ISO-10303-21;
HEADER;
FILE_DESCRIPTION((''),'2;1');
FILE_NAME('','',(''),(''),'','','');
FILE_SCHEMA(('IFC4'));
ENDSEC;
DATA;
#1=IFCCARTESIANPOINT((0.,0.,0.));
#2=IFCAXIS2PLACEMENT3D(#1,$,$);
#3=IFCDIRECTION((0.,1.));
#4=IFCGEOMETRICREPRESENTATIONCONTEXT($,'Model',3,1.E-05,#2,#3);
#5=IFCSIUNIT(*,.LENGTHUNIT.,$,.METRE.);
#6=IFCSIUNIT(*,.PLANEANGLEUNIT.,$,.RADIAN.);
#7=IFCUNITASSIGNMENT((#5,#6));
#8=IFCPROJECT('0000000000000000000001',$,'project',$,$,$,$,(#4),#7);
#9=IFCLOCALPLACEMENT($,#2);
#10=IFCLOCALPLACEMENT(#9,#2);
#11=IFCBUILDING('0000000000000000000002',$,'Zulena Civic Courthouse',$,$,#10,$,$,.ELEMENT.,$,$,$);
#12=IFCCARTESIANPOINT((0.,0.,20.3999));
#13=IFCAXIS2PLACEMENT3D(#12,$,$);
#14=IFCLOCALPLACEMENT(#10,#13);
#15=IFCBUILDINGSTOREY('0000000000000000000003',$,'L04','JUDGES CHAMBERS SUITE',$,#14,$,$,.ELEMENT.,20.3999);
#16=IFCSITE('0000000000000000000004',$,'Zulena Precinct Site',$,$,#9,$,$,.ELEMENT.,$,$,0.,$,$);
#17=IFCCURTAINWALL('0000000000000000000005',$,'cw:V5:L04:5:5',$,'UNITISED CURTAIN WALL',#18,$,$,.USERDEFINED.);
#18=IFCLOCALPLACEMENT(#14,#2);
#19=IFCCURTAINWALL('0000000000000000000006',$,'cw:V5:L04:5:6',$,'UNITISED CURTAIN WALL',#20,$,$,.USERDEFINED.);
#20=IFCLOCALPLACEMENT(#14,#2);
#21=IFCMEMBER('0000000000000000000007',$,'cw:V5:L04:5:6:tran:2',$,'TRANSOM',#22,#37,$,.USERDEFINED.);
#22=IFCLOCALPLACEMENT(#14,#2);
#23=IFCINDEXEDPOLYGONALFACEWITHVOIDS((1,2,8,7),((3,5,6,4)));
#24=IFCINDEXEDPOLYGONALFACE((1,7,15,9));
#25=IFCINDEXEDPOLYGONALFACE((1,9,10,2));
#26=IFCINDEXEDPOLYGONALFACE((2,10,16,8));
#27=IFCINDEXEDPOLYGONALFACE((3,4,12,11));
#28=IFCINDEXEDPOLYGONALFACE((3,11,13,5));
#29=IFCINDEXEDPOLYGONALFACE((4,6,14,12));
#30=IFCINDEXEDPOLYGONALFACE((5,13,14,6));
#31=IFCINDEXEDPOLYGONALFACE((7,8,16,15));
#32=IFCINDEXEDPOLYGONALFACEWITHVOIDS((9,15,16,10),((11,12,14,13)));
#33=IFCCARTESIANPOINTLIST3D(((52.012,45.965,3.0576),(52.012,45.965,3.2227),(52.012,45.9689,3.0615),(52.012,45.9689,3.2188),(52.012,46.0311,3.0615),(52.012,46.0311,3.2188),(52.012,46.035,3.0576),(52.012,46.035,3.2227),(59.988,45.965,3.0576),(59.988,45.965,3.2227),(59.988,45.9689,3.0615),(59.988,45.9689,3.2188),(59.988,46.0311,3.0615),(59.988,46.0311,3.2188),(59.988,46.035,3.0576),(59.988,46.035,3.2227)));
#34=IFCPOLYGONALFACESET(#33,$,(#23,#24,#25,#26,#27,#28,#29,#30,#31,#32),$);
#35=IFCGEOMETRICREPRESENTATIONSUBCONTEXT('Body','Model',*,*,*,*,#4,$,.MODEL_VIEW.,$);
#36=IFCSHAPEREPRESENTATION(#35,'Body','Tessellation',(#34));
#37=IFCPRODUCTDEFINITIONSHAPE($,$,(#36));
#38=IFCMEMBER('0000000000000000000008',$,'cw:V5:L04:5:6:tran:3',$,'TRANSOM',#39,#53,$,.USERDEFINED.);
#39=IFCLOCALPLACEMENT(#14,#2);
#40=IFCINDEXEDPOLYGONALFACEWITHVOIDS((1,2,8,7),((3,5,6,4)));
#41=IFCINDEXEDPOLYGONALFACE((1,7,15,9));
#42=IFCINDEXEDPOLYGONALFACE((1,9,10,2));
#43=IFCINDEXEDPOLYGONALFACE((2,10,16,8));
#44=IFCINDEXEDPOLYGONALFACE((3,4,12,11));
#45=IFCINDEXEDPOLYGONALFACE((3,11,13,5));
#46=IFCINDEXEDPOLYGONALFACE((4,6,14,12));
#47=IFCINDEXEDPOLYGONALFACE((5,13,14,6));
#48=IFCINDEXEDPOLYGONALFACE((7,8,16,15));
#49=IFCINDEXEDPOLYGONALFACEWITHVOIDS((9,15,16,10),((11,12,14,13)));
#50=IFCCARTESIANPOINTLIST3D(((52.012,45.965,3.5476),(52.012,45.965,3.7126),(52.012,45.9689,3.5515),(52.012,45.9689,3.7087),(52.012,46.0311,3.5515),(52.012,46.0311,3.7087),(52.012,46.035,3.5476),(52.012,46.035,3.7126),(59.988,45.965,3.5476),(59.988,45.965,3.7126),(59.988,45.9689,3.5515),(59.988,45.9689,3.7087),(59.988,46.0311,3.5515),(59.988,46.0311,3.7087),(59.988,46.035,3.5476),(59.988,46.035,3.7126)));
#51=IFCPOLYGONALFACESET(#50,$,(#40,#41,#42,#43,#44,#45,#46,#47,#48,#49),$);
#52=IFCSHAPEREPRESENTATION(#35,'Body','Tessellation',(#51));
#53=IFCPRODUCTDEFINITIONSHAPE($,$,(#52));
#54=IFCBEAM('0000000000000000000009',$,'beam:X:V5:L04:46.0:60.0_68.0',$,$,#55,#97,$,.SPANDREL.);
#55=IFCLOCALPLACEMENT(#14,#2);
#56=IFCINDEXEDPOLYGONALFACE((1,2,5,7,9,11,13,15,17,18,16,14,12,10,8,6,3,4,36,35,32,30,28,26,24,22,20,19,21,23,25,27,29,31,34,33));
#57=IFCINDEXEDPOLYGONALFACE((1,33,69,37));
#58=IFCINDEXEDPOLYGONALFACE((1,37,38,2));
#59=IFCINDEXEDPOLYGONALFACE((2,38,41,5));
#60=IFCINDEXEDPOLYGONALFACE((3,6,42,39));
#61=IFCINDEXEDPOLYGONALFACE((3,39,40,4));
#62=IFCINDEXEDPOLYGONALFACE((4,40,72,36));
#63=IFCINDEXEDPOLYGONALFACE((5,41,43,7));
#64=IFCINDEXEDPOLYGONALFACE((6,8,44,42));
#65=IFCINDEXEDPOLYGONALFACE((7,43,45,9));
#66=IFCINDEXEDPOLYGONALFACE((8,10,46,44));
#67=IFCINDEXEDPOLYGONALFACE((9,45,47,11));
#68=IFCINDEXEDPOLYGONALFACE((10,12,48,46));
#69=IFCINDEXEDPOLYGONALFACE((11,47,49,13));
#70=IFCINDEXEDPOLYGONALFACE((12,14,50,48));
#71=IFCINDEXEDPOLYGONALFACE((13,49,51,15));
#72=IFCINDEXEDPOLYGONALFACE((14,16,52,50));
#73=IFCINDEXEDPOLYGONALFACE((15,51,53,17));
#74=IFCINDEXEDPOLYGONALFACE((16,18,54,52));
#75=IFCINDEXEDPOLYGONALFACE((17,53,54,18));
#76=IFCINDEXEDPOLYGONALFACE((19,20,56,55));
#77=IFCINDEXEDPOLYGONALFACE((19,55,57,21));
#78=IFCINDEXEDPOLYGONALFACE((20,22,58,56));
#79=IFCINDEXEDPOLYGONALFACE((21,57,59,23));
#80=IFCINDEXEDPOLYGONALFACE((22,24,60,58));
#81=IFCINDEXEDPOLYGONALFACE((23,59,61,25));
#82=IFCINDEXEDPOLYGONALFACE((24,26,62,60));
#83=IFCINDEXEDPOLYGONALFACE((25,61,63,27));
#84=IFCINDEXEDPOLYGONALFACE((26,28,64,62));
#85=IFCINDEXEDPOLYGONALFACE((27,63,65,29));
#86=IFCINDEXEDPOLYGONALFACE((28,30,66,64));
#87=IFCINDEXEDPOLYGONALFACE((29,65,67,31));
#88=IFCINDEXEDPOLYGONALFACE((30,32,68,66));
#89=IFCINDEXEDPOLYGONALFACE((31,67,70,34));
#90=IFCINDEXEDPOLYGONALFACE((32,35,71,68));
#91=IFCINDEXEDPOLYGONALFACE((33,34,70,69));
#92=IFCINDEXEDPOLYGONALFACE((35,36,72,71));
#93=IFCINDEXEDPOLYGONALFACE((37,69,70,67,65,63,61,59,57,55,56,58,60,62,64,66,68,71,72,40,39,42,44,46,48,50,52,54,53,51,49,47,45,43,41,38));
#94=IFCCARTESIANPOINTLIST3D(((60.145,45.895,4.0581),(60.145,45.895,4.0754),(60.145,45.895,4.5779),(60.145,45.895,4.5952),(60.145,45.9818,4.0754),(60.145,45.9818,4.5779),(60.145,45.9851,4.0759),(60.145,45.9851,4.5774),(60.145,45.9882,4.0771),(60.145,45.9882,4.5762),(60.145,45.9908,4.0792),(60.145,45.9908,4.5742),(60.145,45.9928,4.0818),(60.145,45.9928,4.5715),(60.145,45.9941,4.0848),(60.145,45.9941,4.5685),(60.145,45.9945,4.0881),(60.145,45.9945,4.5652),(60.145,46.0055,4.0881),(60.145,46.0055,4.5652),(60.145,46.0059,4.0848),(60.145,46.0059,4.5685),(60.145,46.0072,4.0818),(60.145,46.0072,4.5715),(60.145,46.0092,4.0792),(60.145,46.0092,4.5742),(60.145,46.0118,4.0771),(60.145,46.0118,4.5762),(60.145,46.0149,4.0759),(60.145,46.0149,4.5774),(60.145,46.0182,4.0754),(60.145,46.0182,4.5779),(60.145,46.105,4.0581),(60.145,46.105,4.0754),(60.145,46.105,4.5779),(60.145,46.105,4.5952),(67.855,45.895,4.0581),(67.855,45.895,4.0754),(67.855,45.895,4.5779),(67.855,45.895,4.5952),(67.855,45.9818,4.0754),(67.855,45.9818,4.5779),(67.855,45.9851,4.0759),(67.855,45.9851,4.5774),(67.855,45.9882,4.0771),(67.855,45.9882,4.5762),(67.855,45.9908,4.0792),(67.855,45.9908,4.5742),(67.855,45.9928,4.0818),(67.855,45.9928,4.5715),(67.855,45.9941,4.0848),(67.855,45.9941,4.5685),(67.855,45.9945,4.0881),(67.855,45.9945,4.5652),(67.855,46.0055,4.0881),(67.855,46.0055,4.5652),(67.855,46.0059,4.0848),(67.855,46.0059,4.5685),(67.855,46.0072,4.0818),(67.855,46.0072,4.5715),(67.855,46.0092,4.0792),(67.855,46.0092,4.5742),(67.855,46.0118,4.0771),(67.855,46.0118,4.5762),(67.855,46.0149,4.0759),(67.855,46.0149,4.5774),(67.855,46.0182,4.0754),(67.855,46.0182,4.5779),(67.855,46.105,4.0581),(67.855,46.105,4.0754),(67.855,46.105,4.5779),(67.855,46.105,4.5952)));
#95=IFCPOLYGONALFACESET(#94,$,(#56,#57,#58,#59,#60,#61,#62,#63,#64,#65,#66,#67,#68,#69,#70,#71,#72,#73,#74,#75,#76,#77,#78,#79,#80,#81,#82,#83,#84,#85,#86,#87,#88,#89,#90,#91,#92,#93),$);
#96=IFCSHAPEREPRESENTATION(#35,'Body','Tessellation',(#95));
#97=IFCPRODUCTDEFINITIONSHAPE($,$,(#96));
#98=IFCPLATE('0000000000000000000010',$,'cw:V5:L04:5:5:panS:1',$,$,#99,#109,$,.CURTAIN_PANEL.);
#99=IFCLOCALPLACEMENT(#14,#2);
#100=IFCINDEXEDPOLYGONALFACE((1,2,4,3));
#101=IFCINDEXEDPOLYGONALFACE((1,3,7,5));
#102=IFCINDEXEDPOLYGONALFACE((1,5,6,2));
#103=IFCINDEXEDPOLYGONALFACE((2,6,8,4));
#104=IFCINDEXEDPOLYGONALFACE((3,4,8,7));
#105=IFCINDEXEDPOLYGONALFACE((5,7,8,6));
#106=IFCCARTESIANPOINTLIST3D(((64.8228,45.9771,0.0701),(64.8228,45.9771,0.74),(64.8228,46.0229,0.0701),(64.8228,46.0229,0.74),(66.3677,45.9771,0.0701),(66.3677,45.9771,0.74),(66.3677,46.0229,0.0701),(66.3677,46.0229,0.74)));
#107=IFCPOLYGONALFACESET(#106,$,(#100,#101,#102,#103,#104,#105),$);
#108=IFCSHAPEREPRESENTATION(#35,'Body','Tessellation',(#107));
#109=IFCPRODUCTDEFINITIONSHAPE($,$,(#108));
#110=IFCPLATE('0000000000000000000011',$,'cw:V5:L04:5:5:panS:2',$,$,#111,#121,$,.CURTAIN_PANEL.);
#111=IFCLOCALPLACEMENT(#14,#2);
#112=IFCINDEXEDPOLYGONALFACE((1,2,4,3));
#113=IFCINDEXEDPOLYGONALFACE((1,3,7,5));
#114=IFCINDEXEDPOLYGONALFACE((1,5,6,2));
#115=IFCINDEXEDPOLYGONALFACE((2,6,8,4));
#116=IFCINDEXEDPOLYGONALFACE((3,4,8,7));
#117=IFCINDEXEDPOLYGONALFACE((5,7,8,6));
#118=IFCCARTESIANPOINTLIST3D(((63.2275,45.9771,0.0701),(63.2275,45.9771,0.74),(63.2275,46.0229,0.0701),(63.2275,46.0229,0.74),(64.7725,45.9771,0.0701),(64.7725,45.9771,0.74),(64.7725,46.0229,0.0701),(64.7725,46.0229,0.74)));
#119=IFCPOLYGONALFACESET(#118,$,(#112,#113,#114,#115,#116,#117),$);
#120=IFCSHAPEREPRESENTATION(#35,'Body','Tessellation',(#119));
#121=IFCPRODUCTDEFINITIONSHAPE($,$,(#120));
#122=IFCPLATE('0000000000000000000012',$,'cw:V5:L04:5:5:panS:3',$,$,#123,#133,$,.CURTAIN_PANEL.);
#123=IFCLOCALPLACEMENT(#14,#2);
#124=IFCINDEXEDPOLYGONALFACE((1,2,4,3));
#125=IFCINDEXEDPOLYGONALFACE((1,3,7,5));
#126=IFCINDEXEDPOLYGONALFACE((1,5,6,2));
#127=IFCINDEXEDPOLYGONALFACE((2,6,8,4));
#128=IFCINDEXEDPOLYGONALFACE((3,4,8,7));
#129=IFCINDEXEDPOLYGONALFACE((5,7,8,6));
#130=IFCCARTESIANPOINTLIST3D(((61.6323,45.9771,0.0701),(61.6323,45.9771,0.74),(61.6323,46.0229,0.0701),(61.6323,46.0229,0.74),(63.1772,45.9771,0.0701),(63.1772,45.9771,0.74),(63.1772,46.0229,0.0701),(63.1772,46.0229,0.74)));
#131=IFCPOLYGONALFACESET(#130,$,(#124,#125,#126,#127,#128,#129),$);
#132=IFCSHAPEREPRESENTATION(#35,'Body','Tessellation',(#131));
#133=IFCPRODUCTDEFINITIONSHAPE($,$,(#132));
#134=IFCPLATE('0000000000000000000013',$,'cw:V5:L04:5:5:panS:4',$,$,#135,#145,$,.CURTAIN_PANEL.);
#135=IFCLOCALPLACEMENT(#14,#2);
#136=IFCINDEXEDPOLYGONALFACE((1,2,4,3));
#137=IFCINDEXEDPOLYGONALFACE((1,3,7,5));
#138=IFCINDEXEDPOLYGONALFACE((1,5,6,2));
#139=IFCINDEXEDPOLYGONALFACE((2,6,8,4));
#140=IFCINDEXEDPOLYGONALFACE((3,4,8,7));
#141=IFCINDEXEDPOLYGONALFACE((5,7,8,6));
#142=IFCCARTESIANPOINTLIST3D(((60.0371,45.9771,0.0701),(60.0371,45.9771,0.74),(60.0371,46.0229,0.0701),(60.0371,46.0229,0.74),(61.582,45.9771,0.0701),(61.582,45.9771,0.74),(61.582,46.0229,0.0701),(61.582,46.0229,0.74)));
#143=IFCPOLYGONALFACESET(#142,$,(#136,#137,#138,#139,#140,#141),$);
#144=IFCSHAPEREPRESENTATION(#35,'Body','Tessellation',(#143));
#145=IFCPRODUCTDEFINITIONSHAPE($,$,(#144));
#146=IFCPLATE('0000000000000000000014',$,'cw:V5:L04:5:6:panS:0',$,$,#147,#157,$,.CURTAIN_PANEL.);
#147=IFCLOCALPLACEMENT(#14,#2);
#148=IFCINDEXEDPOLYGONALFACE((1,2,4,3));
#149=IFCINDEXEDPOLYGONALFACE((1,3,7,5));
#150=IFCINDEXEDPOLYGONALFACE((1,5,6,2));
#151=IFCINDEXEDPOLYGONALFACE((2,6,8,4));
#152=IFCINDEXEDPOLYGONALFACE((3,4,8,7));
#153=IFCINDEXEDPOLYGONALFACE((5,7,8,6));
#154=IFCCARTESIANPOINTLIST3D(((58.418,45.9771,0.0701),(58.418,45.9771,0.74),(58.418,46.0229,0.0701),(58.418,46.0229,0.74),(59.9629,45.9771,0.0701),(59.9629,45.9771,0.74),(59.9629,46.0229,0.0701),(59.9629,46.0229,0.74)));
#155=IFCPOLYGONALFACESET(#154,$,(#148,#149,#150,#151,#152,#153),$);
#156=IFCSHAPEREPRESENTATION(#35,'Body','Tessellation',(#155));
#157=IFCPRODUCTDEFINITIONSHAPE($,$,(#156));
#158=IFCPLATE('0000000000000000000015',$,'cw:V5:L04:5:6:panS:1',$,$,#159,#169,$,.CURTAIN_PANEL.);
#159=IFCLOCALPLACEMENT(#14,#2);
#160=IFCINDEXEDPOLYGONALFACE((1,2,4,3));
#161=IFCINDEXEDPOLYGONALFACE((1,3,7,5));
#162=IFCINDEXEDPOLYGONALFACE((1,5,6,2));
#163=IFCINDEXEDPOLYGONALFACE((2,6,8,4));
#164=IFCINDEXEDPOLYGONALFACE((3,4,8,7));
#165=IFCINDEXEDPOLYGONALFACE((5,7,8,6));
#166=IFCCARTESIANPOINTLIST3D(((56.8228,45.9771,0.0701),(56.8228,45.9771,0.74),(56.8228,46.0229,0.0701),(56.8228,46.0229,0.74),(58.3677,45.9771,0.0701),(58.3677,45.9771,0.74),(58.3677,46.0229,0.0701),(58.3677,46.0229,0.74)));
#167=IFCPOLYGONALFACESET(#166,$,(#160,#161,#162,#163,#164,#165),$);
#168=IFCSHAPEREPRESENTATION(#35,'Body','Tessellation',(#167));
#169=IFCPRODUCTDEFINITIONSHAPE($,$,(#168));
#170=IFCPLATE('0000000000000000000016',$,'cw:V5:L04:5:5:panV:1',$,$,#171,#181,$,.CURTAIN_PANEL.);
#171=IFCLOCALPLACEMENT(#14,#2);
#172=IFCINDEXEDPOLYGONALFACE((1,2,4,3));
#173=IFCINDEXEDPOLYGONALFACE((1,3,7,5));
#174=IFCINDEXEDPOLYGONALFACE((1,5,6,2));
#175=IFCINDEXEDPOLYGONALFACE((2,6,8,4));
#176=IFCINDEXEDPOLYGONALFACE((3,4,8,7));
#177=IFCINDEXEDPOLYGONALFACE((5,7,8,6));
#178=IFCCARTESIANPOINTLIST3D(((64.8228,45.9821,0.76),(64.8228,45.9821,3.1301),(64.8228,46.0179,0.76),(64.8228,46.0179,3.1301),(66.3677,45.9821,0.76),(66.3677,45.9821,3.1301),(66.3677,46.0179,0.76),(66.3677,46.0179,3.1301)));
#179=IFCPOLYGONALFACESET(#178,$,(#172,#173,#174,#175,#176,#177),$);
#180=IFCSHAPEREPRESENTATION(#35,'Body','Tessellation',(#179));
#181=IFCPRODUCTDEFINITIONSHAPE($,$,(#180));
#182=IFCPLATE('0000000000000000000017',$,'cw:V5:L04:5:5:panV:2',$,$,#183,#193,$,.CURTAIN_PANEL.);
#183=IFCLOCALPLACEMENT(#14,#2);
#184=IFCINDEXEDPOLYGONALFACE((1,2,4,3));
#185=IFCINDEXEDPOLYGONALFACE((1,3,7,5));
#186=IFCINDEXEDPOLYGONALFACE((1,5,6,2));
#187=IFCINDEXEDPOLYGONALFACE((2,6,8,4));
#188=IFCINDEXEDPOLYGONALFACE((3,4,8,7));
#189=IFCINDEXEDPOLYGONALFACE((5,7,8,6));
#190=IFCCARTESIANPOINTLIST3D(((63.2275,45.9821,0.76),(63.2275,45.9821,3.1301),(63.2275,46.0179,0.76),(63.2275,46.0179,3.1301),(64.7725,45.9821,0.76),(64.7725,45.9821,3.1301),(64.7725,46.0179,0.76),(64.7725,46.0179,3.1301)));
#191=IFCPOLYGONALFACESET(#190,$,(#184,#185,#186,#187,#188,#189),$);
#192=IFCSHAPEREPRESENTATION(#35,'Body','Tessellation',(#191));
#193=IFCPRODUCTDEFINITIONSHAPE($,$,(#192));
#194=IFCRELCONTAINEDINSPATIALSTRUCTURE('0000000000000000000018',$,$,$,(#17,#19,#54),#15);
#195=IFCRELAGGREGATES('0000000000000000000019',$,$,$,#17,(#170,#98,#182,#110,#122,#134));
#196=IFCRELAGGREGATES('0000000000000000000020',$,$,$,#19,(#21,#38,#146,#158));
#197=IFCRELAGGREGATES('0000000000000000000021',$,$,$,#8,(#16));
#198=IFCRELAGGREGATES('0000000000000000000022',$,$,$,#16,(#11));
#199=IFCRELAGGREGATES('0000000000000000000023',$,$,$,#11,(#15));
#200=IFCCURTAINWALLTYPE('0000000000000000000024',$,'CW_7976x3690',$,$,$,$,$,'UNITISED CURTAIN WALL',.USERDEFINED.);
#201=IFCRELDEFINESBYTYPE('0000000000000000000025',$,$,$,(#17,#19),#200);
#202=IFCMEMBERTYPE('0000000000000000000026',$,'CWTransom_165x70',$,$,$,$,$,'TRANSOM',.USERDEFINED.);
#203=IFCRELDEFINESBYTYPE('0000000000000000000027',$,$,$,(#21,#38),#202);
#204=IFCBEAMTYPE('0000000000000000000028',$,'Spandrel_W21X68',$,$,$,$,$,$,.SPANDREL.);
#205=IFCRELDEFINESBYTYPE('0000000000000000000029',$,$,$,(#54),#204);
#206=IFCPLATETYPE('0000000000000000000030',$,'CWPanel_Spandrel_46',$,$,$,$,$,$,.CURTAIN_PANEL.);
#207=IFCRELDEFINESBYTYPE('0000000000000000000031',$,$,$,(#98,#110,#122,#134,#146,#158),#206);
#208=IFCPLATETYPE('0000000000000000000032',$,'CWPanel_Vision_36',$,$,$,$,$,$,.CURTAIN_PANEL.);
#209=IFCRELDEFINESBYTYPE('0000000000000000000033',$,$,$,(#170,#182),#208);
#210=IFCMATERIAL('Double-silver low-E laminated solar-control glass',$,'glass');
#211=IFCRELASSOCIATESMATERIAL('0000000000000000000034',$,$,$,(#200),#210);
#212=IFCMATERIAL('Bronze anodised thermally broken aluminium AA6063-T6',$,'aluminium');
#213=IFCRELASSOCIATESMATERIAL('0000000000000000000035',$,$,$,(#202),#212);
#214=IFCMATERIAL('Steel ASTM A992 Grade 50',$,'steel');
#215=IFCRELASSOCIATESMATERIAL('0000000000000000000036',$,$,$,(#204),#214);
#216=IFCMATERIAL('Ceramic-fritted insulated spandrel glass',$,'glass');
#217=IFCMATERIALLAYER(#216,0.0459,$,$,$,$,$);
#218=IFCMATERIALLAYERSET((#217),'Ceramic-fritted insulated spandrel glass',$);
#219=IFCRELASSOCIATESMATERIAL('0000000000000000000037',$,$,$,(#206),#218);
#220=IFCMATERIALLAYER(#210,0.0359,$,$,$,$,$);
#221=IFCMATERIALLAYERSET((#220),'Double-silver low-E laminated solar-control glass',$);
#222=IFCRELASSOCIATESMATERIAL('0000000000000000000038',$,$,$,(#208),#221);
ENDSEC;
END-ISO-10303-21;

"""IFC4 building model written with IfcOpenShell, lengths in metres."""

from ifc_helpers import new_model, si_unit, direction, frame, origin, origin_2d, place, context, subcontext, project, spatial, rectangle, hollow_rectangle, i_section, extrude, material, layer, layer_set, material_profile, profile_set, type_object, element, aggregate, save


model = new_model("IFC4")

# Units and contexts
model_context = context("Model", 3, precision=1e-05, world=origin(), true_north=direction((0.0, 1.0)))
body_context = subcontext(model_context, "Body", "Model", "MODEL_VIEW")
ifc_project = project(units=[si_unit("LENGTHUNIT", "METRE"), si_unit("PLANEANGLEUNIT", "RADIAN")], contexts=[model_context])

# Site, building, storey
site_placement = place(None, origin())
site = spatial("IfcSite", under=ifc_project, at=site_placement, Name="Zulena Precinct Site", CompositionType="ELEMENT", RefElevation=0.0)
building_placement = place(site_placement, origin())
building = spatial("IfcBuilding", under=site, at=building_placement, Name="Zulena Civic Courthouse", CompositionType="ELEMENT")
storey_placement = place(building_placement, frame((0.0, 0.0, 20.3999)))
storey = spatial("IfcBuildingStorey", under=building, at=storey_placement, Name="L04", Description="JUDGES CHAMBERS SUITE", CompositionType="ELEMENT", Elevation=20.3999)

# Shared definitions
ifc_material_1 = material(Name="Steel ASTM A992 Grade 50", Category="steel")

# Curtain walls, members
ifc_material_2 = material(Name="Double-silver low-E laminated solar-control glass", Category="glass")
curtain_wall_type = type_object("IfcCurtainWallType", Name="CW_7976x3690", ElementType="UNITISED CURTAIN WALL", PredefinedType="USERDEFINED", material=ifc_material_2)
curtain_wall_1_placement = place(storey_placement, origin())
curtain_wall_1 = element("IfcCurtainWall", 1, at=curtain_wall_1_placement, inside=storey, type_object=curtain_wall_type, Name="cw:V5:L04:5:5", ObjectType="UNITISED CURTAIN WALL", PredefinedType="USERDEFINED")
ifc_material_3 = material(Name="Bronze anodised thermally broken aluminium AA6063-T6", Category="aluminium")
curtain_wall_2_placement = place(storey_placement, origin())
curtain_wall_2 = element("IfcCurtainWall", 2, at=curtain_wall_2_placement, inside=storey, type_object=curtain_wall_type, Name="cw:V5:L04:5:6", ObjectType="UNITISED CURTAIN WALL", PredefinedType="USERDEFINED")
ifc_material_profile_1 = material_profile(ifc_material_3, hollow_rectangle(XDim=0.0701, YDim=0.165, WallThickness=0.0039, at=origin_2d()), Name="CWT165X70X4")
ifc_profile_set_1 = profile_set([ifc_material_profile_1], Name="Bronze anodised thermally broken aluminium AA6063-T6")
member_type_1 = type_object("IfcMemberType", Name="CWTransom_165x70", ElementType="TRANSOM", PredefinedType="USERDEFINED", material=ifc_profile_set_1)
member_1_placement = place(storey_placement, frame((59.988, 46.0, 3.1401), z_axis=(-1.0, 0.0, 0.0), x_axis=(0.0, -1.0, 0.0)))
member_1 = element("IfcMember", 3, at=member_1_placement, type_object=member_type_1, Name="cw:V5:L04:5:6:tran:2", ObjectType="TRANSOM", PredefinedType="USERDEFINED", context=body_context, shape_type="SweptSolid", body=[
    extrude(hollow_rectangle(XDim=0.0701, YDim=0.165, WallThickness=0.0039, at=origin_2d()), origin(), (0.0, 0.0, 1.0), 7.9761),
])
member_2_placement = place(storey_placement, frame((59.988, 46.0, 3.6301), z_axis=(-1.0, 0.0, 0.0), x_axis=(0.0, -1.0, 0.0)))
member_2 = element("IfcMember", 4, at=member_2_placement, type_object=member_type_1, Name="cw:V5:L04:5:6:tran:3", ObjectType="TRANSOM", PredefinedType="USERDEFINED", context=body_context, shape_type="SweptSolid", body=[
    extrude(hollow_rectangle(XDim=0.0701, YDim=0.165, WallThickness=0.0039, at=origin_2d()), origin(), (0.0, 0.0, 1.0), 7.9761),
])

# Beam
ifc_material_profile_2 = material_profile(ifc_material_1, i_section(OverallWidth=0.21, OverallDepth=0.5371, WebThickness=0.011, FlangeThickness=0.0173, FilletRadius=0.0127, at=origin_2d()), Name="W21X68")
ifc_profile_set_2 = profile_set([ifc_material_profile_2], Name="Steel ASTM A992 Grade 50")
beam_type = type_object("IfcBeamType", Name="Spandrel_W21X68", PredefinedType="SPANDREL", material=ifc_profile_set_2)
beam_placement = place(storey_placement, frame((60.145, 46.0, 4.3267), z_axis=(1.0, 0.0, 0.0), x_axis=(0.0, 1.0, 0.0)))
element("IfcBeam", 5, at=beam_placement, inside=storey, type_object=beam_type, Name="beam:X:V5:L04:46.0:60.0_68.0", PredefinedType="SPANDREL", context=body_context, shape_type="SweptSolid", body=[
    extrude(i_section(OverallWidth=0.21, OverallDepth=0.5371, WebThickness=0.011, FlangeThickness=0.0173, FilletRadius=0.0127, at=origin_2d()), origin(), (0.0, 0.0, 1.0), 7.71),
])

# Plates
ifc_material_4 = material(Name="Ceramic-fritted insulated spandrel glass", Category="glass")
ifc_layer_1 = layer(ifc_material_4, 0.0459)
ifc_layer_set_1 = layer_set([ifc_layer_1], Name="Ceramic-fritted insulated spandrel glass")
plate_type_1 = type_object("IfcPlateType", Name="CWPanel_Spandrel_46", PredefinedType="CURTAIN_PANEL", material=ifc_layer_set_1)
plate_1_placement = place(storey_placement, frame((65.5952, 46.0, 0.0701), z_axis=(0.0, 0.0, 1.0), x_axis=(-1.0, 0.0, 0.0)))
plate_1 = element("IfcPlate", 6, at=plate_1_placement, type_object=plate_type_1, Name="cw:V5:L04:5:5:panS:1", PredefinedType="CURTAIN_PANEL", context=body_context, shape_type="SweptSolid", body=[
    extrude(rectangle(XDim=1.5449, YDim=0.0459, at=origin_2d()), origin(), (0.0, 0.0, 1.0), 0.6699),
])
plate_2_placement = place(storey_placement, frame((64.0, 46.0, 0.0701), z_axis=(0.0, 0.0, 1.0), x_axis=(-1.0, 0.0, 0.0)))
plate_2 = element("IfcPlate", 7, at=plate_2_placement, type_object=plate_type_1, Name="cw:V5:L04:5:5:panS:2", PredefinedType="CURTAIN_PANEL", context=body_context, shape_type="SweptSolid", body=[
    extrude(rectangle(XDim=1.5449, YDim=0.0459, at=origin_2d()), origin(), (0.0, 0.0, 1.0), 0.6699),
])
plate_3_placement = place(storey_placement, frame((62.4048, 46.0, 0.0701), z_axis=(0.0, 0.0, 1.0), x_axis=(-1.0, 0.0, 0.0)))
plate_3 = element("IfcPlate", 8, at=plate_3_placement, type_object=plate_type_1, Name="cw:V5:L04:5:5:panS:3", PredefinedType="CURTAIN_PANEL", context=body_context, shape_type="SweptSolid", body=[
    extrude(rectangle(XDim=1.5449, YDim=0.0459, at=origin_2d()), origin(), (0.0, 0.0, 1.0), 0.6699),
])
plate_4_placement = place(storey_placement, frame((60.8096, 46.0, 0.0701), z_axis=(0.0, 0.0, 1.0), x_axis=(-1.0, 0.0, 0.0)))
plate_4 = element("IfcPlate", 9, at=plate_4_placement, type_object=plate_type_1, Name="cw:V5:L04:5:5:panS:4", PredefinedType="CURTAIN_PANEL", context=body_context, shape_type="SweptSolid", body=[
    extrude(rectangle(XDim=1.5449, YDim=0.0459, at=origin_2d()), origin(), (0.0, 0.0, 1.0), 0.6699),
])
plate_5_placement = place(storey_placement, frame((59.1904, 46.0, 0.0701), z_axis=(0.0, 0.0, 1.0), x_axis=(-1.0, 0.0, 0.0)))
plate_5 = element("IfcPlate", 10, at=plate_5_placement, type_object=plate_type_1, Name="cw:V5:L04:5:6:panS:0", PredefinedType="CURTAIN_PANEL", context=body_context, shape_type="SweptSolid", body=[
    extrude(rectangle(XDim=1.5449, YDim=0.0459, at=origin_2d()), origin(), (0.0, 0.0, 1.0), 0.6699),
])
plate_6_placement = place(storey_placement, frame((57.5952, 46.0, 0.0701), z_axis=(0.0, 0.0, 1.0), x_axis=(-1.0, 0.0, 0.0)))
plate_6 = element("IfcPlate", 11, at=plate_6_placement, type_object=plate_type_1, Name="cw:V5:L04:5:6:panS:1", PredefinedType="CURTAIN_PANEL", context=body_context, shape_type="SweptSolid", body=[
    extrude(rectangle(XDim=1.5449, YDim=0.0459, at=origin_2d()), origin(), (0.0, 0.0, 1.0), 0.6699),
])
ifc_layer_2 = layer(ifc_material_2, 0.0359)
ifc_layer_set_2 = layer_set([ifc_layer_2], Name="Double-silver low-E laminated solar-control glass")
plate_type_2 = type_object("IfcPlateType", Name="CWPanel_Vision_36", PredefinedType="CURTAIN_PANEL", material=ifc_layer_set_2)
plate_7_placement = place(storey_placement, frame((65.5952, 46.0, 0.76), z_axis=(0.0, 0.0, 1.0), x_axis=(-1.0, 0.0, 0.0)))
plate_7 = element("IfcPlate", 12, at=plate_7_placement, type_object=plate_type_2, Name="cw:V5:L04:5:5:panV:1", PredefinedType="CURTAIN_PANEL", context=body_context, shape_type="SweptSolid", body=[
    extrude(rectangle(XDim=1.5449, YDim=0.0359, at=origin_2d()), origin(), (0.0, 0.0, 1.0), 2.3701),
])
plate_8_placement = place(storey_placement, frame((64.0, 46.0, 0.76), z_axis=(0.0, 0.0, 1.0), x_axis=(-1.0, 0.0, 0.0)))
plate_8 = element("IfcPlate", 13, at=plate_8_placement, type_object=plate_type_2, Name="cw:V5:L04:5:5:panV:2", PredefinedType="CURTAIN_PANEL", context=body_context, shape_type="SweptSolid", body=[
    extrude(rectangle(XDim=1.5449, YDim=0.0359, at=origin_2d()), origin(), (0.0, 0.0, 1.0), 2.3701),
])
aggregate(curtain_wall_1, [plate_7, plate_1, plate_8, plate_2, plate_3, plate_4])
aggregate(curtain_wall_2, [member_1, member_2, plate_5, plate_6])

save(model, "model.ifc")
